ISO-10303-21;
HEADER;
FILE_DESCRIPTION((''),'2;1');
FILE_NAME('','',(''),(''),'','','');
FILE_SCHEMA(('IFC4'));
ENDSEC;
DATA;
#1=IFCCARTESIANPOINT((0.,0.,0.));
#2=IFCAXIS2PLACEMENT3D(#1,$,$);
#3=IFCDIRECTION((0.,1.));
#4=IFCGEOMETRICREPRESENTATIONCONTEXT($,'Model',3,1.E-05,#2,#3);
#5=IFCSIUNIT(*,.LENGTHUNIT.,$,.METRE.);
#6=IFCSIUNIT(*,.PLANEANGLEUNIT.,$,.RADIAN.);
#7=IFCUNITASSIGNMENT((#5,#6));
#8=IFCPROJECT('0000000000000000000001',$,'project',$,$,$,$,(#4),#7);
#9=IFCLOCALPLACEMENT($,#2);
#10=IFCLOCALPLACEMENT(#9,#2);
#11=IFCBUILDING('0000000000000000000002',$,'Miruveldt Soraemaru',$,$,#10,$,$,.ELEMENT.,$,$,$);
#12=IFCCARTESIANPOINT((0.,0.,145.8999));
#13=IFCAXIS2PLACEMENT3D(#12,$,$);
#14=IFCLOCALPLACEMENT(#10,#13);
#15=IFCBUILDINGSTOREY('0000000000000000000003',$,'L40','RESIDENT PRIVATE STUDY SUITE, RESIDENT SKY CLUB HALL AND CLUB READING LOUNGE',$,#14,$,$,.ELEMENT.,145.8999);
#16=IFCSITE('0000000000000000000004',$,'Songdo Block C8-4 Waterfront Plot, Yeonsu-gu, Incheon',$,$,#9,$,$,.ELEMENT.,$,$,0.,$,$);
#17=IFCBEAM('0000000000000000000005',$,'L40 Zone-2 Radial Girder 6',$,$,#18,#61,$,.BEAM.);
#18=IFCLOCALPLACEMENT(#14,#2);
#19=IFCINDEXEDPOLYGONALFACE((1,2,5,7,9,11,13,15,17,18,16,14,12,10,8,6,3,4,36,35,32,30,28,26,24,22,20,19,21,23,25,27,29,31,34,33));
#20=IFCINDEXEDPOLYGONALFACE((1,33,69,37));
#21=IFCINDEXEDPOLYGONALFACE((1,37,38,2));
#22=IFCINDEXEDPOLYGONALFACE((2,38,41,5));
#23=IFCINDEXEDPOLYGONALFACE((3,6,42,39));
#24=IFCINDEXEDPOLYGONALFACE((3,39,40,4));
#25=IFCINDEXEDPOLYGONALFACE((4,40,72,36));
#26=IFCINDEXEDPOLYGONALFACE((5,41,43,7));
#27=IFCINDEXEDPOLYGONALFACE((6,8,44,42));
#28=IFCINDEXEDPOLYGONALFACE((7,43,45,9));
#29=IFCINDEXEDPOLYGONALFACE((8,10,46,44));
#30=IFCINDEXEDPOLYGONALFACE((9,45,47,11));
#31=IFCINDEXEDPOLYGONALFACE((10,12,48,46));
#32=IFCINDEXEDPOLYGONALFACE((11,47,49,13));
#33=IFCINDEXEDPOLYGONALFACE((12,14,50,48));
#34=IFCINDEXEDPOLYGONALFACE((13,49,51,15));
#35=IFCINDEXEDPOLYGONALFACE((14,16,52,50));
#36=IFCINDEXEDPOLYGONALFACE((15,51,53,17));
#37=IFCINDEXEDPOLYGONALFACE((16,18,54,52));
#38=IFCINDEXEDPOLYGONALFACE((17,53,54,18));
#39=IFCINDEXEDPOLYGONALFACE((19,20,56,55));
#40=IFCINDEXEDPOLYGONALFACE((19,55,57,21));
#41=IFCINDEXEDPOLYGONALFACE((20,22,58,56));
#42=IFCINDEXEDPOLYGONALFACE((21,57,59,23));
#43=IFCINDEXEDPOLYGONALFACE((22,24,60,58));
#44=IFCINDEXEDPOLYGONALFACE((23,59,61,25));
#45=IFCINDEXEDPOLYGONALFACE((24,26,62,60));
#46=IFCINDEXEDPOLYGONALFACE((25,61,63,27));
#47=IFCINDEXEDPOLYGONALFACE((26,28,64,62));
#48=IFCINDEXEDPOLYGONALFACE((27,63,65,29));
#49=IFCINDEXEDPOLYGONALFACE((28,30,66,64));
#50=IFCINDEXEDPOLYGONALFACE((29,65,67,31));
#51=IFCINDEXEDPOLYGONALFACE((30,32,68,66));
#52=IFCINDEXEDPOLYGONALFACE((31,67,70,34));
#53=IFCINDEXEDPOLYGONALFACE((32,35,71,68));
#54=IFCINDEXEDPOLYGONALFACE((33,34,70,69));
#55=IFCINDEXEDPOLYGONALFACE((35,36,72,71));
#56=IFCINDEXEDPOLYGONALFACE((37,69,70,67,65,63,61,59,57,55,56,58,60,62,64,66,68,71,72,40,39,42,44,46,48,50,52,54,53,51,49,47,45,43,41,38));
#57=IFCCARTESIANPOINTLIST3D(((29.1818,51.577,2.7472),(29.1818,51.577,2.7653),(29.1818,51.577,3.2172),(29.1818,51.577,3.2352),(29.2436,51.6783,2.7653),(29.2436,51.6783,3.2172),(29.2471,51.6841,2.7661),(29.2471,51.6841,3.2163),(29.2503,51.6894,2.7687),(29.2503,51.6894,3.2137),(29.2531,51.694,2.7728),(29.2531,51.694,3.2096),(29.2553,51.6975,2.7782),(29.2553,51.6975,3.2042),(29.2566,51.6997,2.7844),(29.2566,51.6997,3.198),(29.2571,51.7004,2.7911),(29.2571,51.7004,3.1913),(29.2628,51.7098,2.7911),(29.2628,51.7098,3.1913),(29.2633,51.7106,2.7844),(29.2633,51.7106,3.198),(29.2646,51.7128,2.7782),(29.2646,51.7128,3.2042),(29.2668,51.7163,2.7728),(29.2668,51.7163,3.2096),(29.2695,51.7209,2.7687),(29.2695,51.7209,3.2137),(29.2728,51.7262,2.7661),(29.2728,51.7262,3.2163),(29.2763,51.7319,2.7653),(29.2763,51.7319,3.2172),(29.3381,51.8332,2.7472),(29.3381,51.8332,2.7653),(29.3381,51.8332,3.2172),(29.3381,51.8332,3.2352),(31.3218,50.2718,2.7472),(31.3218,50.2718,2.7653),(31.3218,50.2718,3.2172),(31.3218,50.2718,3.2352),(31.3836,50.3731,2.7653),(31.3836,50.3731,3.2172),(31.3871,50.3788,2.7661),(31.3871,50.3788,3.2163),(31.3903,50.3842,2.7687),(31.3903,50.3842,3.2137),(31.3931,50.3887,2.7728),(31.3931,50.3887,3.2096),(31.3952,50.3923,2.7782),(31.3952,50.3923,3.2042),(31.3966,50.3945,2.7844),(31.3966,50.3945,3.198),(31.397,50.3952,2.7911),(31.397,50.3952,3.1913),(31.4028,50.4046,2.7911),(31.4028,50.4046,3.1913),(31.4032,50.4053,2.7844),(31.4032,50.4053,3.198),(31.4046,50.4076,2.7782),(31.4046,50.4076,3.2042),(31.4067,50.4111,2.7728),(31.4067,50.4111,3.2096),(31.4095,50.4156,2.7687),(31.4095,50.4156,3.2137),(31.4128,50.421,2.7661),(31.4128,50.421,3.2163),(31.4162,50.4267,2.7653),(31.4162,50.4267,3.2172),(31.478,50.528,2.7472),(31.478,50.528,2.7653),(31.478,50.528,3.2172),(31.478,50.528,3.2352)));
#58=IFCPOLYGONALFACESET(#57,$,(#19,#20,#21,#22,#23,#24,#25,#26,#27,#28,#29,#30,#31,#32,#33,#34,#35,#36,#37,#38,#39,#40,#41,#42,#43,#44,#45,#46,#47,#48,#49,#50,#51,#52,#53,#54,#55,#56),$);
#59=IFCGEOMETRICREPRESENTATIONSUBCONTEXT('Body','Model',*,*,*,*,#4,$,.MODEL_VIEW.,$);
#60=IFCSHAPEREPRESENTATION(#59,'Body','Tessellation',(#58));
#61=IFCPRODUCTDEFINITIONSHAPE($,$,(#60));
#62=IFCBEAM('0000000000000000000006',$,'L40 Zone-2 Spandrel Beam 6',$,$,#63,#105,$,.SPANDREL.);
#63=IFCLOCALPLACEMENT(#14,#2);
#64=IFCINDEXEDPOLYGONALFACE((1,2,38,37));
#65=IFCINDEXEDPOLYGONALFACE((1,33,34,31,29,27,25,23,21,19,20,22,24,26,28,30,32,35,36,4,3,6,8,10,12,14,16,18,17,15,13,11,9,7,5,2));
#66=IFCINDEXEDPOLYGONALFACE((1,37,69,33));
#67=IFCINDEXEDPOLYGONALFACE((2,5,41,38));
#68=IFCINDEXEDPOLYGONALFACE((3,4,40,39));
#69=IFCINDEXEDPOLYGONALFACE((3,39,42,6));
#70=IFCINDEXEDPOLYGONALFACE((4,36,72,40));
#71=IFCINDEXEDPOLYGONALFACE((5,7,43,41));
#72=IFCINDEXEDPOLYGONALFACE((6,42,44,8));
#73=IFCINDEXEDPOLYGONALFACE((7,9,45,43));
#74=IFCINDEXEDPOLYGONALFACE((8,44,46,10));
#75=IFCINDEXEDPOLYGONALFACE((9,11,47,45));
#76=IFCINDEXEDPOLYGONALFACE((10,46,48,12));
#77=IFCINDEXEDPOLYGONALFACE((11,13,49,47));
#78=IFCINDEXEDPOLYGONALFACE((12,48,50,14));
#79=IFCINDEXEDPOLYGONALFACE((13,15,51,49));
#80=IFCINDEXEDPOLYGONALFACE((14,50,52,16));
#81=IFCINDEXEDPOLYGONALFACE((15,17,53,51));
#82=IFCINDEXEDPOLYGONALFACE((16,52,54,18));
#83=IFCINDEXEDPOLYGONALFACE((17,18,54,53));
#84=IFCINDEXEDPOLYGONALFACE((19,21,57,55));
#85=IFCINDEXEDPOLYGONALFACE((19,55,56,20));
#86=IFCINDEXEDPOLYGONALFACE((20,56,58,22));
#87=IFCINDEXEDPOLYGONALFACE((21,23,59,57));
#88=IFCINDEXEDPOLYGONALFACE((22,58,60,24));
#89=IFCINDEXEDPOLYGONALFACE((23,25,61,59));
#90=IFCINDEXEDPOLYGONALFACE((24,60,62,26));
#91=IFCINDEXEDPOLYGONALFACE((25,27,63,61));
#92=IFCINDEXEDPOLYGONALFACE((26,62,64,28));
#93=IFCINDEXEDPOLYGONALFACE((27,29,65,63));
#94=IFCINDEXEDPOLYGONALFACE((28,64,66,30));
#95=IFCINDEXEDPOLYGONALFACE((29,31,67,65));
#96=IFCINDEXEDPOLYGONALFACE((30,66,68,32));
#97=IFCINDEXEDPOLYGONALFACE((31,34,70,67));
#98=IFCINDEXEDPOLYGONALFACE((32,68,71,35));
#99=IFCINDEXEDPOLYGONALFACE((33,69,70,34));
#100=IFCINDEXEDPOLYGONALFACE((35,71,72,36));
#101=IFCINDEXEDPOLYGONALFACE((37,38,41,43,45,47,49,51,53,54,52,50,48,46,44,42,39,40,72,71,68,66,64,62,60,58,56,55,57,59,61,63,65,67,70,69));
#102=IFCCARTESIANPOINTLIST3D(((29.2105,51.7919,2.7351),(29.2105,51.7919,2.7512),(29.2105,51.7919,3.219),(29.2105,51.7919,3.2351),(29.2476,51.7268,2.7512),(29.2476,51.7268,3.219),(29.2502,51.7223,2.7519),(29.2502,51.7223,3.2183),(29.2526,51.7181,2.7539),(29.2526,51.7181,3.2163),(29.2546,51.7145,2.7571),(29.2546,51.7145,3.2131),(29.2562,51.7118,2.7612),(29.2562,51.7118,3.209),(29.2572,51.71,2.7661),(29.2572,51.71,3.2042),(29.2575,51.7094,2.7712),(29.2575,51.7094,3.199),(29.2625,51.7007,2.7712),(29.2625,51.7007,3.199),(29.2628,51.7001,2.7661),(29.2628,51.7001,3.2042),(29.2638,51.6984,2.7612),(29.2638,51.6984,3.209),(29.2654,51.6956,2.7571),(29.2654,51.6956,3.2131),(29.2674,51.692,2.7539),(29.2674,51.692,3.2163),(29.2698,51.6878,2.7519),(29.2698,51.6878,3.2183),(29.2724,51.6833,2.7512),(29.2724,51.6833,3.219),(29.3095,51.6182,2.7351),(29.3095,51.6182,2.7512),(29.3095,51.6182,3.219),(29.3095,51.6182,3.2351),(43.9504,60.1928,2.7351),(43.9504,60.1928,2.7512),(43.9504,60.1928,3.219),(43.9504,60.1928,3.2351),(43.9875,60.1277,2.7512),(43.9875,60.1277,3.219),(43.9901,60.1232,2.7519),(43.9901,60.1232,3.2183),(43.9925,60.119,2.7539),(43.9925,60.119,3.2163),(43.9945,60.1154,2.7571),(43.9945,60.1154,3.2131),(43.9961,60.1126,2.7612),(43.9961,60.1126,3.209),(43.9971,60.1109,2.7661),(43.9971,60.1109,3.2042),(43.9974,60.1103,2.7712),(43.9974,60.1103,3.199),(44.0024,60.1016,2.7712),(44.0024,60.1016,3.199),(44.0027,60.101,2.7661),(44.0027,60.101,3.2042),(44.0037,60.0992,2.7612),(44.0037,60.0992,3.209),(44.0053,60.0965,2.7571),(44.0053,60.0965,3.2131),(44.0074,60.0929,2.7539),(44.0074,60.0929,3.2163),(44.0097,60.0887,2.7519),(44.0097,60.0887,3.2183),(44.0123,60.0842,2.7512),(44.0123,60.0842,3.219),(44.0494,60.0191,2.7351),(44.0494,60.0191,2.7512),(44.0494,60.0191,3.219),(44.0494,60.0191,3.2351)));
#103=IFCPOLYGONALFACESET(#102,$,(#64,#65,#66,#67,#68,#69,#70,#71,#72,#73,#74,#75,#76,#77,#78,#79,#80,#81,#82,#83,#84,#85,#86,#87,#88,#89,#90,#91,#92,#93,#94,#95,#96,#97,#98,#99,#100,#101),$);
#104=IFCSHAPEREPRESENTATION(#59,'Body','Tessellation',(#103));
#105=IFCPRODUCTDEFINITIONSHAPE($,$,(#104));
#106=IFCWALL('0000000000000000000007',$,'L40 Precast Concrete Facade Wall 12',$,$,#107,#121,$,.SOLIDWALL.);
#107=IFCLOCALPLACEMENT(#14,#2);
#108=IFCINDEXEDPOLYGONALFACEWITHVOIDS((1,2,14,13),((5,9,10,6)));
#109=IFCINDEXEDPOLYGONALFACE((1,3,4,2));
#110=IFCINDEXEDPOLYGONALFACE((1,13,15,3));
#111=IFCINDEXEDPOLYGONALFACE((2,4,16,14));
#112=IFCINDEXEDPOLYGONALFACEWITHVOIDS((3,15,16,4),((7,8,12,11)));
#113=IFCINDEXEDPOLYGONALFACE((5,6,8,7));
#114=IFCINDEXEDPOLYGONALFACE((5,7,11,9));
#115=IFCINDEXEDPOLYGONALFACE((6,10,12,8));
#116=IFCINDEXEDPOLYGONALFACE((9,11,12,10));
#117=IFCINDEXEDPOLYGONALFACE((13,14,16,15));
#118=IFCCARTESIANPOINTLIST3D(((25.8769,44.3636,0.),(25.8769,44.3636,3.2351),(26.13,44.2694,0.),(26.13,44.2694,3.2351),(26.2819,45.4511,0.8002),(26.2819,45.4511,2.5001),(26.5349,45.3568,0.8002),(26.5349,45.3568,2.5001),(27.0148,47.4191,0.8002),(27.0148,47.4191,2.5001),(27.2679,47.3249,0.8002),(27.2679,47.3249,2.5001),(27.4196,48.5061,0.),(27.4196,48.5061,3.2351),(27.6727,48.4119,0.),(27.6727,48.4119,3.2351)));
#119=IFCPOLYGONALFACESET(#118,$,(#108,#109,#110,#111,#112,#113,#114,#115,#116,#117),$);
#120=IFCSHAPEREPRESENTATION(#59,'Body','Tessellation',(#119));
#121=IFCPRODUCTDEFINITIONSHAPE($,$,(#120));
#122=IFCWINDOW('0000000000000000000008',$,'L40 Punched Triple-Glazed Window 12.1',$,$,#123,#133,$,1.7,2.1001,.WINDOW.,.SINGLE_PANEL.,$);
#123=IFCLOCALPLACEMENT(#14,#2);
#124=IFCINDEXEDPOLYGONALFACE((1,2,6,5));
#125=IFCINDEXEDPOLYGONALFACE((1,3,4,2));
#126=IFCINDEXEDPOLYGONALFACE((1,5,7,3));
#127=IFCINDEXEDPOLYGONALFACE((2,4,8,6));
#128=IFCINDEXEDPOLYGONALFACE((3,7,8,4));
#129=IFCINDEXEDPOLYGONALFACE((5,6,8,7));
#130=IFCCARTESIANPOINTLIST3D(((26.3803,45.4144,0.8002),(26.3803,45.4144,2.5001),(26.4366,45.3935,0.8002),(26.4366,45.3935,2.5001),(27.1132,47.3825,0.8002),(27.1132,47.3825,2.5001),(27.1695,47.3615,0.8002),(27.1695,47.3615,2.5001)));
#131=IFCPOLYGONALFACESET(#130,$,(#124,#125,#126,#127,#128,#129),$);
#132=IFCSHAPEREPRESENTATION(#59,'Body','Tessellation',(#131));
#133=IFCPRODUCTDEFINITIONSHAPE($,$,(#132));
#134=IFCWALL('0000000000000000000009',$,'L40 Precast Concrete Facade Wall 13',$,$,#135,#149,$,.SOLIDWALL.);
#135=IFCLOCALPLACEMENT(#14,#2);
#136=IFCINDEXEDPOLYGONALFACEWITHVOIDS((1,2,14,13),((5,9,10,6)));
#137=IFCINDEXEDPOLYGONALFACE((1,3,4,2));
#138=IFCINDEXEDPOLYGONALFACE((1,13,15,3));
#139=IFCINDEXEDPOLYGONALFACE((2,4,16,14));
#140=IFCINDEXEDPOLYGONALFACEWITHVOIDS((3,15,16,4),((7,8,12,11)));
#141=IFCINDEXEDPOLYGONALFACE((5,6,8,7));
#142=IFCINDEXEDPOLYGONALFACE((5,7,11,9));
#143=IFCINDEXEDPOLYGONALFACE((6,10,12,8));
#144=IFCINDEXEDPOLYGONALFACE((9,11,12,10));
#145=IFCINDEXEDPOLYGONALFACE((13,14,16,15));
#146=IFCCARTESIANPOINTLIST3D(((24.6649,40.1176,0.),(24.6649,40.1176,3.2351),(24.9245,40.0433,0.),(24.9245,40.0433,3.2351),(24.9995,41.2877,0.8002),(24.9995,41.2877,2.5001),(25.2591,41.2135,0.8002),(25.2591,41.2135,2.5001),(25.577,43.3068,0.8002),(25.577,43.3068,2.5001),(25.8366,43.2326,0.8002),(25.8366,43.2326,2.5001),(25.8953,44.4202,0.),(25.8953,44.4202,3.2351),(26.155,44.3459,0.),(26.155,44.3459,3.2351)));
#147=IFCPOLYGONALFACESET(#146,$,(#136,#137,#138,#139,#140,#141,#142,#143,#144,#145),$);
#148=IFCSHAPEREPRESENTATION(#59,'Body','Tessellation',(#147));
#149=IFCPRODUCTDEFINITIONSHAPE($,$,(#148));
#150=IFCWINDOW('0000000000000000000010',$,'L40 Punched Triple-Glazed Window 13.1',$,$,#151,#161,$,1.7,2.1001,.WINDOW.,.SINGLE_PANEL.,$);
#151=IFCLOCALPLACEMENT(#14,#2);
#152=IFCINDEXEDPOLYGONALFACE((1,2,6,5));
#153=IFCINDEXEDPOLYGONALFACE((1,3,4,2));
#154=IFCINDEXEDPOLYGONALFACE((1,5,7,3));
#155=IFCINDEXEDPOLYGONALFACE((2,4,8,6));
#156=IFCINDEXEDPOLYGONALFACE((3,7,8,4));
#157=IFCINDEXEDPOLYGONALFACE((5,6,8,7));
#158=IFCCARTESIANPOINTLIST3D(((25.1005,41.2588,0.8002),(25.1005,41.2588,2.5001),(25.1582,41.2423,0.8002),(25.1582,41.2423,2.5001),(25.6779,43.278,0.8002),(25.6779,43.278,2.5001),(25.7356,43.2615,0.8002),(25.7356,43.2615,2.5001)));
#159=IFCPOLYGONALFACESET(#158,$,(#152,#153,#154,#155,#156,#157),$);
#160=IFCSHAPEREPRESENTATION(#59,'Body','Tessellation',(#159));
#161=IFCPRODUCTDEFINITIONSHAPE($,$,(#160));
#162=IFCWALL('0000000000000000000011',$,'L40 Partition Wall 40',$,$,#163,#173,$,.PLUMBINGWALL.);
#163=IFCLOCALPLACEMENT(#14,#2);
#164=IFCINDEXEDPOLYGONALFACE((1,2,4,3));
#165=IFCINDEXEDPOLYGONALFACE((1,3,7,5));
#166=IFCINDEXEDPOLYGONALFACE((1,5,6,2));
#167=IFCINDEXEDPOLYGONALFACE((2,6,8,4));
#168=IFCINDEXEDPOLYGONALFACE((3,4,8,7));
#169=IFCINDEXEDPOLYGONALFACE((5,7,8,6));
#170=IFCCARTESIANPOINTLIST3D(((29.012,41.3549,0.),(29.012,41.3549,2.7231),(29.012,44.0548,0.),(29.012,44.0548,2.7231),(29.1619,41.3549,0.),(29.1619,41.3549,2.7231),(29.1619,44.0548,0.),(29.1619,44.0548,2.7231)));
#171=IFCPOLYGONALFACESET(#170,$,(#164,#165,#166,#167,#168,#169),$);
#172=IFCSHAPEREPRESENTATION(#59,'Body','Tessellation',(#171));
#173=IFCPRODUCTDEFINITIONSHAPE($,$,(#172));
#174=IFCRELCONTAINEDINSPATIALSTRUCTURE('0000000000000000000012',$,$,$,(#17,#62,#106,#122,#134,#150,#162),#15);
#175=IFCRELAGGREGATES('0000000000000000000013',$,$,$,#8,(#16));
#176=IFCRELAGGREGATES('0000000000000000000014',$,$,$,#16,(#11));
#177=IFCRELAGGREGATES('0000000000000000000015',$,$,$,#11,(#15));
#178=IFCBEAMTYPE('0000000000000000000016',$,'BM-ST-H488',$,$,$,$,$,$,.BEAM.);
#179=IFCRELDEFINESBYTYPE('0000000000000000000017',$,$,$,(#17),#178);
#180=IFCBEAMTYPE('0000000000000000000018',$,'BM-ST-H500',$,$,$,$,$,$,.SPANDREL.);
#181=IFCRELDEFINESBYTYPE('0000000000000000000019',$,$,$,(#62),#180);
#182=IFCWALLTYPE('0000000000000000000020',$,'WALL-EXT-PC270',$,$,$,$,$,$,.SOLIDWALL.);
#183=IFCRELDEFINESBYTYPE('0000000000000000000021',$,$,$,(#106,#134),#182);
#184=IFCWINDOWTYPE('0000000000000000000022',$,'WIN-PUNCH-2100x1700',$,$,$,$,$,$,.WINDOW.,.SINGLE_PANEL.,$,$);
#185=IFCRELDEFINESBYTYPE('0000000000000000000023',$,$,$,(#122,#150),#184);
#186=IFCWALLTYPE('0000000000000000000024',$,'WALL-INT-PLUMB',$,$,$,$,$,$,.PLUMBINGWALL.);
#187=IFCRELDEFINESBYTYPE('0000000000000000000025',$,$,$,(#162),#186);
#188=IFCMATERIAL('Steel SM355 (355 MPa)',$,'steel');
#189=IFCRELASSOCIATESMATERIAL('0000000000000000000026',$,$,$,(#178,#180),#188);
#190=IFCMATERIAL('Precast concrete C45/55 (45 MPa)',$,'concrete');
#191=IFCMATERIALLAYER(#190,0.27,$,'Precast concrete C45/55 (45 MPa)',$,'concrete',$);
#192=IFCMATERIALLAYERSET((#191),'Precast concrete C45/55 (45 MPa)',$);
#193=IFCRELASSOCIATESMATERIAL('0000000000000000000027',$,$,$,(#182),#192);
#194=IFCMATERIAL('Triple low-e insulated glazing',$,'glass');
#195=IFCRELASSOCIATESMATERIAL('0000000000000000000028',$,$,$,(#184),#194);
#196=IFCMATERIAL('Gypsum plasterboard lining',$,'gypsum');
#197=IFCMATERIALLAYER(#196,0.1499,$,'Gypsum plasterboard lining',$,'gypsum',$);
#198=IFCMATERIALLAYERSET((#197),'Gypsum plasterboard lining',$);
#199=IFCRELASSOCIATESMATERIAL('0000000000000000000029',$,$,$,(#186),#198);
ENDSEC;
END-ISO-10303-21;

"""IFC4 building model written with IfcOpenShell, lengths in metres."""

from ifc_helpers import new_model, si_unit, direction, frame, frame_2d, origin, origin_2d, place, context, subcontext, project, spatial, rectangle, i_section, extrude, material, layer, layer_set, material_profile, profile_set, type_object, element, fill, save


model = new_model("IFC4")

# Units and contexts
model_context = context("Model", 3, precision=1e-05, world=origin(), true_north=direction((0.0, 1.0)))
body_context = subcontext(model_context, "Body", "Model", "MODEL_VIEW")
ifc_project = project(units=[si_unit("LENGTHUNIT", "METRE"), si_unit("PLANEANGLEUNIT", "RADIAN")], contexts=[model_context])

# Site, building, storey
site_placement = place(None, origin())
site = spatial("IfcSite", under=ifc_project, at=site_placement, Name="Songdo Block C8-4 Waterfront Plot, Yeonsu-gu, Incheon", CompositionType="ELEMENT", RefElevation=0.0)
building_placement = place(site_placement, origin())
building = spatial("IfcBuilding", under=site, at=building_placement, Name="Miruveldt Soraemaru", CompositionType="ELEMENT")
storey_placement = place(building_placement, frame((0.0, 0.0, 145.8999)))
storey = spatial("IfcBuildingStorey", under=building, at=storey_placement, Name="L40", Description="RESIDENT PRIVATE STUDY SUITE, RESIDENT SKY CLUB HALL AND CLUB READING LOUNGE", CompositionType="ELEMENT", Elevation=145.8999)

# Beams
ifc_material_1 = material(Name="Steel SM355 (355 MPa)", Category="steel")
ifc_material_profile_1 = material_profile(ifc_material_1, i_section(OverallWidth=0.3, OverallDepth=0.488, WebThickness=0.011, FlangeThickness=0.0181, FilletRadius=0.0259, at=origin_2d()), Name="Steel SM355 (355 MPa)", Category="steel")
ifc_profile_set_1 = profile_set([ifc_material_profile_1], Name="Steel SM355 (355 MPa)")
beam_type_1 = type_object("IfcBeamType", Name="BM-ST-H488", PredefinedType="BEAM", material=ifc_profile_set_1)
beam_1_placement = place(storey_placement, frame((31.3999, 50.3999, 2.9912), z_axis=(-0.853732, 0.520713, 0.0), x_axis=(-0.520713, -0.853732, 0.0)))
element("IfcBeam", 1, at=beam_1_placement, inside=storey, type_object=beam_type_1, Name="L40 Zone-2 Radial Girder 6", PredefinedType="BEAM", context=body_context, shape_type="SweptSolid", body=[
    extrude(i_section(OverallWidth=0.3, OverallDepth=0.488, WebThickness=0.011, FlangeThickness=0.0181, FilletRadius=0.0259, at=origin_2d()), origin(), (0.0, 0.0, 1.0), 2.5066),
])
ifc_material_profile_2 = material_profile(ifc_material_1, i_section(OverallWidth=0.2, OverallDepth=0.5, WebThickness=0.01, FlangeThickness=0.0161, FilletRadius=0.02, at=origin_2d()), Name="Steel SM355 (355 MPa)", Category="steel")
ifc_profile_set_2 = profile_set([ifc_material_profile_2], Name="Steel SM355 (355 MPa)")
beam_type_2 = type_object("IfcBeamType", Name="BM-ST-H500", PredefinedType="SPANDREL", material=ifc_profile_set_2)
beam_2_placement = place(storey_placement, frame((29.26, 51.7051, 2.9851), z_axis=(0.8688, 0.495162, 0.0), x_axis=(-0.495162, 0.8688, 0.0)))
element("IfcBeam", 2, at=beam_2_placement, inside=storey, type_object=beam_type_2, Name="L40 Zone-2 Spandrel Beam 6", PredefinedType="SPANDREL", context=body_context, shape_type="SweptSolid", body=[
    extrude(i_section(OverallWidth=0.2, OverallDepth=0.5, WebThickness=0.01, FlangeThickness=0.0161, FilletRadius=0.02, at=origin_2d()), origin(), (0.0, 0.0, 1.0), 16.9658),
])

# Walls, openings, windows
ifc_material_2 = material(Name="Precast concrete C45/55 (45 MPa)", Category="concrete")
ifc_layer_1 = layer(ifc_material_2, 0.27, Name="Precast concrete C45/55 (45 MPa)", Category="concrete")
ifc_layer_set_1 = layer_set([ifc_layer_1], Name="Precast concrete C45/55 (45 MPa)")
wall_type_1 = type_object("IfcWallType", Name="WALL-EXT-PC270", PredefinedType="SOLIDWALL", material=ifc_layer_set_1)
wall_1_placement = place(storey_placement, frame((27.5461, 48.459, 0.0), z_axis=(0.0, 0.0, 1.0), x_axis=(-0.348992, -0.937126, 0.0)))
wall_1 = element("IfcWall", 3, at=wall_1_placement, inside=storey, type_object=wall_type_1, Name="L40 Precast Concrete Facade Wall 12", PredefinedType="SOLIDWALL", context=body_context, shape_type="SweptSolid", body=[
    extrude(rectangle(XDim=4.4204, YDim=0.27, at=frame_2d((2.2102, 0.0))), origin(), (0.0, 0.0, 1.0), 3.2351),
])
opening_1_placement = place(wall_1_placement, frame((1.1599, 0.0, 0.8)))
opening_1 = element("IfcOpeningElement", 4, at=opening_1_placement, cuts=wall_1, PredefinedType="OPENING", context=body_context, shape_type="SweptSolid", body=[
    extrude(rectangle(XDim=2.1001, YDim=1.7, at=frame_2d((1.05, 0.8501))), frame((0.0, 0.145, 0.0), z_axis=(0.0, -1.0, 0.0), x_axis=(1.0, 0.0, 0.0)), (0.0, 0.0, 1.0), 0.29),
])
ifc_material_3 = material(Name="Triple low-e insulated glazing", Category="glass")
window_type = type_object("IfcWindowType", Name="WIN-PUNCH-2100x1700", PartitioningType="SINGLE_PANEL", PredefinedType="WINDOW", material=ifc_material_3)
window_1_placement = place(opening_1_placement, origin())
window_1 = element("IfcWindow", 5, at=window_1_placement, inside=storey, type_object=window_type, Name="L40 Punched Triple-Glazed Window 12.1", OverallHeight=1.7, OverallWidth=2.1001, PartitioningType="SINGLE_PANEL", PredefinedType="WINDOW", context=body_context, shape_type="SweptSolid", body=[
    extrude(rectangle(XDim=2.1001, YDim=1.7, at=frame_2d((1.05, 0.8501))), frame((0.0, 0.03, 0.0), z_axis=(0.0, -1.0, 0.0), x_axis=(1.0, 0.0, 0.0)), (0.0, 0.0, 1.0), 0.0601),
])
fill(opening_1, window_1)
wall_2_placement = place(storey_placement, frame((26.0251, 44.3831, 0.0), z_axis=(0.0, 0.0, 1.0), x_axis=(-0.274952, -0.961458, 0.0)))
wall_2 = element("IfcWall", 6, at=wall_2_placement, inside=storey, type_object=wall_type_1, Name="L40 Precast Concrete Facade Wall 13", PredefinedType="SOLIDWALL", context=body_context, shape_type="SweptSolid", body=[
    extrude(rectangle(XDim=4.4751, YDim=0.27, at=frame_2d((2.2375, 0.0))), origin(), (0.0, 0.0, 1.0), 3.2351),
])
opening_2_placement = place(wall_2_placement, frame((1.158, 0.0, 0.8)))
opening_2 = element("IfcOpeningElement", 7, at=opening_2_placement, cuts=wall_2, PredefinedType="OPENING", context=body_context, shape_type="SweptSolid", body=[
    extrude(rectangle(XDim=2.1001, YDim=1.7, at=frame_2d((1.05, 0.8501))), frame((0.0, 0.145, 0.0), z_axis=(0.0, -1.0, 0.0), x_axis=(1.0, 0.0, 0.0)), (0.0, 0.0, 1.0), 0.29),
])
window_2_placement = place(opening_2_placement, origin())
window_2 = element("IfcWindow", 8, at=window_2_placement, inside=storey, type_object=window_type, Name="L40 Punched Triple-Glazed Window 13.1", OverallHeight=1.7, OverallWidth=2.1001, PartitioningType="SINGLE_PANEL", PredefinedType="WINDOW", context=body_context, shape_type="SweptSolid", body=[
    extrude(rectangle(XDim=2.1001, YDim=1.7, at=frame_2d((1.05, 0.8501))), frame((0.0, 0.03, 0.0), z_axis=(0.0, -1.0, 0.0), x_axis=(1.0, 0.0, 0.0)), (0.0, 0.0, 1.0), 0.0601),
])
fill(opening_2, window_2)

# Wall
ifc_material_4 = material(Name="Gypsum plasterboard lining", Category="gypsum")
ifc_layer_2 = layer(ifc_material_4, 0.1499, Name="Gypsum plasterboard lining", Category="gypsum")
ifc_layer_set_2 = layer_set([ifc_layer_2], Name="Gypsum plasterboard lining")
wall_type_2 = type_object("IfcWallType", Name="WALL-INT-PLUMB", PredefinedType="PLUMBINGWALL", material=ifc_layer_set_2)
wall_3_placement = place(storey_placement, frame((29.0869, 44.0549, 0.0), z_axis=(0.0, 0.0, 1.0), x_axis=(0.0, -1.0, 0.0)))
element("IfcWall", 9, at=wall_3_placement, inside=storey, type_object=wall_type_2, Name="L40 Partition Wall 40", PredefinedType="PLUMBINGWALL", context=body_context, shape_type="SweptSolid", body=[
    extrude(rectangle(XDim=2.7, YDim=0.1499, at=frame_2d((1.3501, 0.0))), origin(), (0.0, 0.0, 1.0), 2.7231),
])

save(model, "model.ifc")
